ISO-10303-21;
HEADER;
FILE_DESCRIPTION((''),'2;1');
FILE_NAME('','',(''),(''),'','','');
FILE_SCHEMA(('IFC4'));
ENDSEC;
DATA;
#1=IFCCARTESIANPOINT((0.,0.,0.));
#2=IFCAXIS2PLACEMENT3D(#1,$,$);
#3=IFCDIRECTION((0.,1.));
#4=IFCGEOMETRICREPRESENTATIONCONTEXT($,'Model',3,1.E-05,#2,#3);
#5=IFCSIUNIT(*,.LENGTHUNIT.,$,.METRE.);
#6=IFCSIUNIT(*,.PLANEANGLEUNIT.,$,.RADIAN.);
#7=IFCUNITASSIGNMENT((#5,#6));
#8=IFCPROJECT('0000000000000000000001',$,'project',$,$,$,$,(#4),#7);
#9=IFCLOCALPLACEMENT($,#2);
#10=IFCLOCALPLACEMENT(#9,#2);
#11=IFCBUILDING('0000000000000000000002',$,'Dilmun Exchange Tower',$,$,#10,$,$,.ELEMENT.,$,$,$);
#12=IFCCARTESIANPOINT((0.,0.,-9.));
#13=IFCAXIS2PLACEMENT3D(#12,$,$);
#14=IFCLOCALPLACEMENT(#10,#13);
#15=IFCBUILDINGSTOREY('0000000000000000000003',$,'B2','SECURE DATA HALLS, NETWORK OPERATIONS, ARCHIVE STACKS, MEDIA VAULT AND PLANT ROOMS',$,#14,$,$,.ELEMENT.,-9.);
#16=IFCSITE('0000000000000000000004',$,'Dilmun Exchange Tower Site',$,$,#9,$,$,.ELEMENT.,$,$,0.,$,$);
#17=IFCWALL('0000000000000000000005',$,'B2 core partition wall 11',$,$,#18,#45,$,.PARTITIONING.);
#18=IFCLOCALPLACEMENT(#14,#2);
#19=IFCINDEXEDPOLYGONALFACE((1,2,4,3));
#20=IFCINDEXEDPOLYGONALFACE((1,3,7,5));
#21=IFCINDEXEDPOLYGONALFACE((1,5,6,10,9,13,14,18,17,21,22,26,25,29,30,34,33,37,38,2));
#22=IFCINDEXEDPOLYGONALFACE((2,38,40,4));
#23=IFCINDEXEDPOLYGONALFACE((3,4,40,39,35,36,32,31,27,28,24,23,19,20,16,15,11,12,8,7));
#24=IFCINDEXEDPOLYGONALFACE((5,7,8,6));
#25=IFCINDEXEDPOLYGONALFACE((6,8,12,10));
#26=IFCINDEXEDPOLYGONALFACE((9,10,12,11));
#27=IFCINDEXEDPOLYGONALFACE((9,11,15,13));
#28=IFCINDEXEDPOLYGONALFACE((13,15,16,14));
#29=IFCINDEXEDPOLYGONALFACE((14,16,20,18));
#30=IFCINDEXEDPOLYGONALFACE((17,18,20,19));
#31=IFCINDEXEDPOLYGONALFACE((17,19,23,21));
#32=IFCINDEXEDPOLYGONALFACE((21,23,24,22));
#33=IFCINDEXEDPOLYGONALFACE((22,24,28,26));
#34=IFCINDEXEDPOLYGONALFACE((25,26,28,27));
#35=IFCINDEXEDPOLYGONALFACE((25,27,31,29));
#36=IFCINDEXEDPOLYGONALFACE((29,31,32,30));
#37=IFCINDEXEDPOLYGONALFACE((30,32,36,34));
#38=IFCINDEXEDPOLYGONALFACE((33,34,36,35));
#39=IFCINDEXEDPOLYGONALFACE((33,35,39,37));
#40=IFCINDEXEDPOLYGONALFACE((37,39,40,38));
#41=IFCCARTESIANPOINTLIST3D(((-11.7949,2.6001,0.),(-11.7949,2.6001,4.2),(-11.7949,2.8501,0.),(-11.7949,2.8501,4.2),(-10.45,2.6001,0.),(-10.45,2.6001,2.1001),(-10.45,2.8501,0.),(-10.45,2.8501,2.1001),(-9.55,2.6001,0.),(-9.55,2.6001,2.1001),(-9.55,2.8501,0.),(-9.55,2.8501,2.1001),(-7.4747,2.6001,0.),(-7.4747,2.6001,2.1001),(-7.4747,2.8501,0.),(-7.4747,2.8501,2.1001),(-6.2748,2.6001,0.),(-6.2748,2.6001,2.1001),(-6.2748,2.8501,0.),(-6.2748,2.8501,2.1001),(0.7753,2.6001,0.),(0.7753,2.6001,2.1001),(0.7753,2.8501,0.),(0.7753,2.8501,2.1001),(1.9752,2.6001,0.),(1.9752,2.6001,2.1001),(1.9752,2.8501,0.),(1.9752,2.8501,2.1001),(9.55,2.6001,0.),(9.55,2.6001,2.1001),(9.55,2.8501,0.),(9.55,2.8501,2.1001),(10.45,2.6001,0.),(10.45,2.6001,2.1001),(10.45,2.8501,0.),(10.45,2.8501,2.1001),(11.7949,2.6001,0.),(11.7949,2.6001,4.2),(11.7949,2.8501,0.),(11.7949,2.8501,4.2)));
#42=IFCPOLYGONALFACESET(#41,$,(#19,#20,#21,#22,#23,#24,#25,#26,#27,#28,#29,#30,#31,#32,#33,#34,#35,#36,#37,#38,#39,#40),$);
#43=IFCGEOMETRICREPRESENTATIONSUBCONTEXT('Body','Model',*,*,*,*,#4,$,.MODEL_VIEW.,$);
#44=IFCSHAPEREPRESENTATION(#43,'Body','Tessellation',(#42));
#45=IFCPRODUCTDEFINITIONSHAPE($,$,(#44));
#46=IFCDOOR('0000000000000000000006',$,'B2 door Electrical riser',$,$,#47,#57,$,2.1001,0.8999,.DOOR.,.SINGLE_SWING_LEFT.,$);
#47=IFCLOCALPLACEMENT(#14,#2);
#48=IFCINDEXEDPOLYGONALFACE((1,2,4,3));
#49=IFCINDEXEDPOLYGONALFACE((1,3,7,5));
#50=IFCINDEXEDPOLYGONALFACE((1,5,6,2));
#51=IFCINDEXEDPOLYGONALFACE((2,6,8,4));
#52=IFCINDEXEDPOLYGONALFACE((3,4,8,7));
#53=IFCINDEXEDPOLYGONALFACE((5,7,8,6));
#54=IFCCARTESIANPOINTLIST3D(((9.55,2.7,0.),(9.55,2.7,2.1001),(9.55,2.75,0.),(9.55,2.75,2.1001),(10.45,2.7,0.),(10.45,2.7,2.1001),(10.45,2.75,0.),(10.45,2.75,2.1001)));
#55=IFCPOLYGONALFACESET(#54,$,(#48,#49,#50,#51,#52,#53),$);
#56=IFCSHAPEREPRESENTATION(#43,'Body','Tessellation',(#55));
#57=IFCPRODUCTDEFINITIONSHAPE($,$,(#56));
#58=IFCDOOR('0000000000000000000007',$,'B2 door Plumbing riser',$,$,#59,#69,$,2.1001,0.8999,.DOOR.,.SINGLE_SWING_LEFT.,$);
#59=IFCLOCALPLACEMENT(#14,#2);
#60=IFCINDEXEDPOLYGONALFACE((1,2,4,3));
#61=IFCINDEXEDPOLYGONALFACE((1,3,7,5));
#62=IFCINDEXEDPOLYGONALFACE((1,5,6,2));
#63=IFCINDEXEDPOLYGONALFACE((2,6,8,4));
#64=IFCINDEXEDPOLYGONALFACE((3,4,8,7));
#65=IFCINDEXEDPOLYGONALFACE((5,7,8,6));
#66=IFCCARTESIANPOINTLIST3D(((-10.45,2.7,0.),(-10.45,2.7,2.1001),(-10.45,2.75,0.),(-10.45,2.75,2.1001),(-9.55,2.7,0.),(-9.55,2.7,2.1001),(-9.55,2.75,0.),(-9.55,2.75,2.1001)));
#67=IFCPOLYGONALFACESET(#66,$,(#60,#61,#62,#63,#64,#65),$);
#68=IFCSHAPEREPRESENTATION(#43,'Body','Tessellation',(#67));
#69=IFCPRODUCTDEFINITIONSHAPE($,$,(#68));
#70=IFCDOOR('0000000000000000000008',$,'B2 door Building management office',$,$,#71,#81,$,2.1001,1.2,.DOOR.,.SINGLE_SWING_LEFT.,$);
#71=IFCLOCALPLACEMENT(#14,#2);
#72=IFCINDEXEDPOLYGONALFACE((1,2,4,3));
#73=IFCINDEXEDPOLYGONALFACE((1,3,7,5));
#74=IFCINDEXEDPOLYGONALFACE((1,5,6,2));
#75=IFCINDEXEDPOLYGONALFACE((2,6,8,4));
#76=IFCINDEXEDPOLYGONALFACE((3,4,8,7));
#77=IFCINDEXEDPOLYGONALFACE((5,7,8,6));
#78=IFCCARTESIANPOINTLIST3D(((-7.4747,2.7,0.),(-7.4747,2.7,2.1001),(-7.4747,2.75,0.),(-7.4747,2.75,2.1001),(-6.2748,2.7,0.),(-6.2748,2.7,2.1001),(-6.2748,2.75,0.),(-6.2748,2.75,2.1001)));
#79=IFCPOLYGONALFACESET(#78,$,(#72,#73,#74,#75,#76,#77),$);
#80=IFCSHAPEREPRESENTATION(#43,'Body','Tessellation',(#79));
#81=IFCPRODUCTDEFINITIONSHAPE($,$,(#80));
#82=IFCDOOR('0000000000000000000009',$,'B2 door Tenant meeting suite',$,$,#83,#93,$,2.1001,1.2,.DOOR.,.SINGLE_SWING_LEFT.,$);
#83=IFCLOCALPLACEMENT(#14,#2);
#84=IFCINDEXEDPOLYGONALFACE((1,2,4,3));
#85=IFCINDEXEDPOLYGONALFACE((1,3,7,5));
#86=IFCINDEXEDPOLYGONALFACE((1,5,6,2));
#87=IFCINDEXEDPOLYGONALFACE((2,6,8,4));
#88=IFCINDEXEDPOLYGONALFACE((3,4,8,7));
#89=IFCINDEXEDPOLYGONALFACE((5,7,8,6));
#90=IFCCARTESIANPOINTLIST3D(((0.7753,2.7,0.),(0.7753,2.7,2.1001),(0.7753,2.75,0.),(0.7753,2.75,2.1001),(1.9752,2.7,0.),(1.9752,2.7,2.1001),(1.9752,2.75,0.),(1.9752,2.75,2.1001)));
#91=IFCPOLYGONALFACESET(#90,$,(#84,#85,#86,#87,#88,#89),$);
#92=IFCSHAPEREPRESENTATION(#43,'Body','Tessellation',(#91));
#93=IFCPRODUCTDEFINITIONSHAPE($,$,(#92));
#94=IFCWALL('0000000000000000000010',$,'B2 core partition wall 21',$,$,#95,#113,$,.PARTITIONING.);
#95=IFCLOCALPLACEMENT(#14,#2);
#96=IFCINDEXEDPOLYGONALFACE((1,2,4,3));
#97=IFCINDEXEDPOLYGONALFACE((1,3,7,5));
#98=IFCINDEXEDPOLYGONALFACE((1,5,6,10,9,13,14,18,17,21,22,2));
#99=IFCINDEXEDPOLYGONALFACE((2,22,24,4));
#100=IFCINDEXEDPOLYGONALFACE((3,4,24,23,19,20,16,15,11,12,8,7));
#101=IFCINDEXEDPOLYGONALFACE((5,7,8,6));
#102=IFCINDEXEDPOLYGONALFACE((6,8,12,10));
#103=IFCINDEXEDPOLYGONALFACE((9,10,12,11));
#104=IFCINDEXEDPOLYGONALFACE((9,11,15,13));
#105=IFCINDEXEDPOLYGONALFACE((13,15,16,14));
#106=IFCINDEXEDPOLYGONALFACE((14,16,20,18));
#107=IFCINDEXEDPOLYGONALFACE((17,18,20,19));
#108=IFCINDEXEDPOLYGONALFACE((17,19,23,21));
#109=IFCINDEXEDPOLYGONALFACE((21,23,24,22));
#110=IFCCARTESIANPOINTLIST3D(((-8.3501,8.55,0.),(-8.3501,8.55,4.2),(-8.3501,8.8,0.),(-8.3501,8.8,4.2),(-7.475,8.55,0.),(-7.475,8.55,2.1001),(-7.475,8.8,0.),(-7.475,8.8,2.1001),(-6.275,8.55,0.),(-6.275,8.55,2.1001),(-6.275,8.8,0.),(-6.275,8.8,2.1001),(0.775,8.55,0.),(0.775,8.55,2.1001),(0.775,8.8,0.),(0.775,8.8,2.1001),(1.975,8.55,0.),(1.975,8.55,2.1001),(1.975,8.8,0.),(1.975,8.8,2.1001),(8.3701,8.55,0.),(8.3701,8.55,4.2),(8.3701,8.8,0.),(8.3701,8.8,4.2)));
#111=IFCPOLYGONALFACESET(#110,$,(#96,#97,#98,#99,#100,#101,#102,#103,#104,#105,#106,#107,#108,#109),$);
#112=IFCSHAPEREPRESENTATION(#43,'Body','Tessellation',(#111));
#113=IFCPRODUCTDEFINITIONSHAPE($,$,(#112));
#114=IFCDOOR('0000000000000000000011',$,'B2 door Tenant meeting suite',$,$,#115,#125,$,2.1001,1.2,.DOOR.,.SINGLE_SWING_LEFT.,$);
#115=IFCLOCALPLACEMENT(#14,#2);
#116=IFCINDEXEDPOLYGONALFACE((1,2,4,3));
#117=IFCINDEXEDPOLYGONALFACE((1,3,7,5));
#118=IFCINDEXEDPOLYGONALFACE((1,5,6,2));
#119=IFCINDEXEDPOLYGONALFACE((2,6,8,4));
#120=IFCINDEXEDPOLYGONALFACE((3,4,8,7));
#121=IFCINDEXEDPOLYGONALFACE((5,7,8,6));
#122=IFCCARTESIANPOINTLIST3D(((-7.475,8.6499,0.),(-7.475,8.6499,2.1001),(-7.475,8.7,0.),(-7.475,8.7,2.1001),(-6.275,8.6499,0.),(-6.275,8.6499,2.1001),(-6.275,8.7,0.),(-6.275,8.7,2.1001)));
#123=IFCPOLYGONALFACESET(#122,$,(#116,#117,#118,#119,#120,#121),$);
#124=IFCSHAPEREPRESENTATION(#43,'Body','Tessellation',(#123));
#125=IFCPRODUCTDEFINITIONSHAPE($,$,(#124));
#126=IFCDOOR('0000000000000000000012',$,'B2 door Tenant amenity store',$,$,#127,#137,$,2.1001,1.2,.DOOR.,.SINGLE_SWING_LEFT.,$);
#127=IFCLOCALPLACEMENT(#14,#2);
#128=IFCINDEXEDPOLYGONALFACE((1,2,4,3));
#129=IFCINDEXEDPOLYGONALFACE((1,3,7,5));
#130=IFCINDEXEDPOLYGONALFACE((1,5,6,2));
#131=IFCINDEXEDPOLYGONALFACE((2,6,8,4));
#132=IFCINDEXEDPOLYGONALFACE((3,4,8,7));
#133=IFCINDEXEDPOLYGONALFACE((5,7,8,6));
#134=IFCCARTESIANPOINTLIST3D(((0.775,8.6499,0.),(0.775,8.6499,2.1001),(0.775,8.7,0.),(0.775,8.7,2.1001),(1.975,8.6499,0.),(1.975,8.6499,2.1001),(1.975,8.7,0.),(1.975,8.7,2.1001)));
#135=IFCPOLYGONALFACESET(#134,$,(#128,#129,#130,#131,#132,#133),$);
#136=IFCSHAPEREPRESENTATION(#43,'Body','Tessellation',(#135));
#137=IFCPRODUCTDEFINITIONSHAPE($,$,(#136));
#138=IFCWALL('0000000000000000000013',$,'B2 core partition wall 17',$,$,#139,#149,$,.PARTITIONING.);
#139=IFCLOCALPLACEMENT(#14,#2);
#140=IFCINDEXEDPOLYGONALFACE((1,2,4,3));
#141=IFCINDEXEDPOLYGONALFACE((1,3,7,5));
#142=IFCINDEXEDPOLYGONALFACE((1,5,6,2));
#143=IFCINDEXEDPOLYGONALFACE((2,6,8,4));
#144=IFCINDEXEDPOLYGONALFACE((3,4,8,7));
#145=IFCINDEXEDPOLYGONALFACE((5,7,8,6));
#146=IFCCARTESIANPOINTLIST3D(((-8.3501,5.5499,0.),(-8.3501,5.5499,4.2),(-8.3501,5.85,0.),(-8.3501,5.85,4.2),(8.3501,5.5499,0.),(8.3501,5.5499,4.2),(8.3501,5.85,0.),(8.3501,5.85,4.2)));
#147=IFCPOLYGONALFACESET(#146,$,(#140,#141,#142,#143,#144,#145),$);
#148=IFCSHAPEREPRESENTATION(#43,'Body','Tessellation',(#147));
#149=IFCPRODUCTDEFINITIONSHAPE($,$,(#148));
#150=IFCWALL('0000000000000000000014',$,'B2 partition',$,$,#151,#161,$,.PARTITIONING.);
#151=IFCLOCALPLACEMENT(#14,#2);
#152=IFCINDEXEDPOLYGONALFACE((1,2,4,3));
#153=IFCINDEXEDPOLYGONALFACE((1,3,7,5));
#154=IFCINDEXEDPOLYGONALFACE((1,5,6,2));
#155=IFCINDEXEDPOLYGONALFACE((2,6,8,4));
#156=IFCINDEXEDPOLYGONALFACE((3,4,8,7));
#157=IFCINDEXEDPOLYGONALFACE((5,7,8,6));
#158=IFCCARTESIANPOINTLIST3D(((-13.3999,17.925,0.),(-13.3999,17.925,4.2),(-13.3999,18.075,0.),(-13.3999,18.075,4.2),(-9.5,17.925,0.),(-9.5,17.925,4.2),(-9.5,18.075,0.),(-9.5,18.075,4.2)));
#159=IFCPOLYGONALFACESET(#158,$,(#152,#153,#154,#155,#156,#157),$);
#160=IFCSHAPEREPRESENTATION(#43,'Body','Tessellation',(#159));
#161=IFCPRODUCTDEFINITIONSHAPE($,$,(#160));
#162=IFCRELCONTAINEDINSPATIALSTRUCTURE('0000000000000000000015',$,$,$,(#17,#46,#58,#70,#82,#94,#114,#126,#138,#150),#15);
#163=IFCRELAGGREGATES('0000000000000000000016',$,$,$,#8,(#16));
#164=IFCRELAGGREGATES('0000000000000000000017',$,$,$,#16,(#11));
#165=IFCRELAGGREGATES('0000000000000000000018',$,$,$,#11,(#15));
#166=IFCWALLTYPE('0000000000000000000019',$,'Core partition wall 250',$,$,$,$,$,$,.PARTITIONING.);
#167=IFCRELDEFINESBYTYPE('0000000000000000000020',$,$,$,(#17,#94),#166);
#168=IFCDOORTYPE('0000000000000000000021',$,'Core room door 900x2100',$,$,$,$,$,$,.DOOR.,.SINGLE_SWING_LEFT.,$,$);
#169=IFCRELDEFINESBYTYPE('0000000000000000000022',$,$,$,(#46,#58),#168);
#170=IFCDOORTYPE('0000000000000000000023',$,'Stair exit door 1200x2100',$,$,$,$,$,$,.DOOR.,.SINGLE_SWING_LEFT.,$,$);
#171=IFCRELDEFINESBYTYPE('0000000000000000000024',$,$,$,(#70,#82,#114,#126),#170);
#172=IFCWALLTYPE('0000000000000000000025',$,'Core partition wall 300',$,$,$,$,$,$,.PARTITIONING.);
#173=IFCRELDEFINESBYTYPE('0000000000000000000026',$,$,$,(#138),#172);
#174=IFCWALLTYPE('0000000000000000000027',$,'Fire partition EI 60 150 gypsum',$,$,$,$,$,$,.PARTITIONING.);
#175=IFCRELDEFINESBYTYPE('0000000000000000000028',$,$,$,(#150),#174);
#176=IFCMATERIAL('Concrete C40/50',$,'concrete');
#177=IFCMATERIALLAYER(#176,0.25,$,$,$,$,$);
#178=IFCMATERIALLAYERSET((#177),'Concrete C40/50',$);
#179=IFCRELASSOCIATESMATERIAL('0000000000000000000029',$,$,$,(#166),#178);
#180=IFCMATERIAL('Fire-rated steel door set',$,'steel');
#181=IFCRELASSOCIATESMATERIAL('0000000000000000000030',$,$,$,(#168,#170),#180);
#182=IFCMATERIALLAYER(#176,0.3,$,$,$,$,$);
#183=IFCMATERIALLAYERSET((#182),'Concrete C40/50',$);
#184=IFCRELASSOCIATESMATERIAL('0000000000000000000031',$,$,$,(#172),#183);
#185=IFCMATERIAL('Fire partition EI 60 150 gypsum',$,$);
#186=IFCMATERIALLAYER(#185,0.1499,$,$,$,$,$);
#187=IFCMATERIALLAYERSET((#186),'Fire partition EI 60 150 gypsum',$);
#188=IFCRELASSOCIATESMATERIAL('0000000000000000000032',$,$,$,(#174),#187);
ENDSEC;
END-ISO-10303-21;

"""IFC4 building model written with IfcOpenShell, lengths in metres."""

from ifc_helpers import new_model, si_unit, direction, frame, frame_2d, origin, place, context, subcontext, project, spatial, rectangle, extrude, material, layer, layer_set, type_object, element, fill, save


model = new_model("IFC4")

# Units and contexts
model_context = context("Model", 3, precision=1e-05, world=origin(), true_north=direction((0.0, 1.0)))
body_context = subcontext(model_context, "Body", "Model", "MODEL_VIEW")
ifc_project = project(units=[si_unit("LENGTHUNIT", "METRE"), si_unit("PLANEANGLEUNIT", "RADIAN")], contexts=[model_context])

# Site, building, storey
site_placement = place(None, origin())
site = spatial("IfcSite", under=ifc_project, at=site_placement, Name="Dilmun Exchange Tower Site", CompositionType="ELEMENT", RefElevation=0.0)
building_placement = place(site_placement, origin())
building = spatial("IfcBuilding", under=site, at=building_placement, Name="Dilmun Exchange Tower", CompositionType="ELEMENT")
storey_placement = place(building_placement, frame((0.0, 0.0, -9.0)))
storey = spatial("IfcBuildingStorey", under=building, at=storey_placement, Name="B2", Description="SECURE DATA HALLS, NETWORK OPERATIONS, ARCHIVE STACKS, MEDIA VAULT AND PLANT ROOMS", CompositionType="ELEMENT", Elevation=-9.0)

# Shared definitions
ifc_material_1 = material(Name="Concrete C40/50", Category="concrete")

# Walls, openings, doors
ifc_layer_1 = layer(ifc_material_1, 0.25)
ifc_layer_set_1 = layer_set([ifc_layer_1], Name="Concrete C40/50")
wall_type_1 = type_object("IfcWallType", Name="Core partition wall 250", PredefinedType="PARTITIONING", material=ifc_layer_set_1)
wall_1_placement = place(storey_placement, frame((-11.7949, 2.7251, 0.0), z_axis=(0.0, 0.0, 1.0), x_axis=(1.0, 0.0, 0.0)))
wall_1 = element("IfcWall", 1, at=wall_1_placement, inside=storey, type_object=wall_type_1, Name="B2 core partition wall 11", PredefinedType="PARTITIONING", context=body_context, shape_type="SweptSolid", body=[
    extrude(rectangle(XDim=23.5898, YDim=0.25, at=frame_2d((11.7949, 0.0))), origin(), (0.0, 0.0, 1.0), 4.2),
])
opening_1_placement = place(wall_1_placement, frame((21.345, 0.0, 0.0)))
opening_1 = element("IfcOpeningElement", 2, at=opening_1_placement, cuts=wall_1, PredefinedType="OPENING", context=body_context, shape_type="SweptSolid", body=[
    extrude(rectangle(XDim=0.8999, YDim=2.1001, at=frame_2d((0.45, 1.05))), frame((0.0, 0.135, 0.0), z_axis=(0.0, -1.0, 0.0), x_axis=(1.0, 0.0, 0.0)), (0.0, 0.0, 1.0), 0.27),
])
opening_2_placement = place(wall_1_placement, frame((1.345, 0.0, 0.0)))
opening_2 = element("IfcOpeningElement", 3, at=opening_2_placement, cuts=wall_1, PredefinedType="OPENING", context=body_context, shape_type="SweptSolid", body=[
    extrude(rectangle(XDim=0.8999, YDim=2.1001, at=frame_2d((0.45, 1.05))), frame((0.0, 0.135, 0.0), z_axis=(0.0, -1.0, 0.0), x_axis=(1.0, 0.0, 0.0)), (0.0, 0.0, 1.0), 0.27),
])
opening_3_placement = place(wall_1_placement, frame((4.3201, 0.0, 0.0)))
opening_3 = element("IfcOpeningElement", 4, at=opening_3_placement, cuts=wall_1, PredefinedType="OPENING", context=body_context, shape_type="SweptSolid", body=[
    extrude(rectangle(XDim=1.2, YDim=2.1001, at=frame_2d((0.6001, 1.05))), frame((0.0, 0.135, 0.0), z_axis=(0.0, -1.0, 0.0), x_axis=(1.0, 0.0, 0.0)), (0.0, 0.0, 1.0), 0.27),
])
opening_4_placement = place(wall_1_placement, frame((12.5701, 0.0, 0.0)))
opening_4 = element("IfcOpeningElement", 5, at=opening_4_placement, cuts=wall_1, PredefinedType="OPENING", context=body_context, shape_type="SweptSolid", body=[
    extrude(rectangle(XDim=1.2, YDim=2.1001, at=frame_2d((0.6001, 1.05))), frame((0.0, 0.135, 0.0), z_axis=(0.0, -1.0, 0.0), x_axis=(1.0, 0.0, 0.0)), (0.0, 0.0, 1.0), 0.27),
])
ifc_material_2 = material(Name="Fire-rated steel door set", Category="steel")
door_type_1 = type_object("IfcDoorType", Name="Core room door 900x2100", OperationType="SINGLE_SWING_LEFT", PredefinedType="DOOR", material=ifc_material_2)
door_1_placement = place(opening_1_placement, origin())
door_1 = element("IfcDoor", 6, at=door_1_placement, inside=storey, type_object=door_type_1, Name="B2 door Electrical riser", OperationType="SINGLE_SWING_LEFT", OverallHeight=2.1001, OverallWidth=0.8999, PredefinedType="DOOR", context=body_context, shape_type="SweptSolid", body=[
    extrude(rectangle(XDim=0.8999, YDim=2.1001, at=frame_2d((0.45, 1.05))), frame((0.0, 0.0249, 0.0), z_axis=(0.0, -1.0, 0.0), x_axis=(1.0, 0.0, 0.0)), (0.0, 0.0, 1.0), 0.05),
])
fill(opening_1, door_1)
door_2_placement = place(opening_2_placement, origin())
door_2 = element("IfcDoor", 7, at=door_2_placement, inside=storey, type_object=door_type_1, Name="B2 door Plumbing riser", OperationType="SINGLE_SWING_LEFT", OverallHeight=2.1001, OverallWidth=0.8999, PredefinedType="DOOR", context=body_context, shape_type="SweptSolid", body=[
    extrude(rectangle(XDim=0.8999, YDim=2.1001, at=frame_2d((0.45, 1.05))), frame((0.0, 0.0249, 0.0), z_axis=(0.0, -1.0, 0.0), x_axis=(1.0, 0.0, 0.0)), (0.0, 0.0, 1.0), 0.05),
])
fill(opening_2, door_2)
door_type_2 = type_object("IfcDoorType", Name="Stair exit door 1200x2100", OperationType="SINGLE_SWING_LEFT", PredefinedType="DOOR", material=ifc_material_2)
door_3_placement = place(opening_3_placement, origin())
door_3 = element("IfcDoor", 8, at=door_3_placement, inside=storey, type_object=door_type_2, Name="B2 door Building management office", OperationType="SINGLE_SWING_LEFT", OverallHeight=2.1001, OverallWidth=1.2, PredefinedType="DOOR", context=body_context, shape_type="SweptSolid", body=[
    extrude(rectangle(XDim=1.2, YDim=2.1001, at=frame_2d((0.6001, 1.05))), frame((0.0, 0.0249, 0.0), z_axis=(0.0, -1.0, 0.0), x_axis=(1.0, 0.0, 0.0)), (0.0, 0.0, 1.0), 0.05),
])
fill(opening_3, door_3)
door_4_placement = place(opening_4_placement, origin())
door_4 = element("IfcDoor", 9, at=door_4_placement, inside=storey, type_object=door_type_2, Name="B2 door Tenant meeting suite", OperationType="SINGLE_SWING_LEFT", OverallHeight=2.1001, OverallWidth=1.2, PredefinedType="DOOR", context=body_context, shape_type="SweptSolid", body=[
    extrude(rectangle(XDim=1.2, YDim=2.1001, at=frame_2d((0.6001, 1.05))), frame((0.0, 0.0249, 0.0), z_axis=(0.0, -1.0, 0.0), x_axis=(1.0, 0.0, 0.0)), (0.0, 0.0, 1.0), 0.05),
])
fill(opening_4, door_4)
wall_2_placement = place(storey_placement, frame((-8.3501, 8.675, 0.0), z_axis=(0.0, 0.0, 1.0), x_axis=(1.0, 0.0, 0.0)))
wall_2 = element("IfcWall", 10, at=wall_2_placement, inside=storey, type_object=wall_type_1, Name="B2 core partition wall 21", PredefinedType="PARTITIONING", context=body_context, shape_type="SweptSolid", body=[
    extrude(rectangle(XDim=16.7202, YDim=0.25, at=frame_2d((8.3601, 0.0))), origin(), (0.0, 0.0, 1.0), 4.2),
])
opening_5_placement = place(wall_2_placement, frame((0.875, 0.0, 0.0)))
opening_5 = element("IfcOpeningElement", 11, at=opening_5_placement, cuts=wall_2, PredefinedType="OPENING", context=body_context, shape_type="SweptSolid", body=[
    extrude(rectangle(XDim=1.2, YDim=2.1001, at=frame_2d((0.6001, 1.05))), frame((0.0, 0.135, 0.0), z_axis=(0.0, -1.0, 0.0), x_axis=(1.0, 0.0, 0.0)), (0.0, 0.0, 1.0), 0.27),
])
opening_6_placement = place(wall_2_placement, frame((9.125, 0.0, 0.0)))
opening_6 = element("IfcOpeningElement", 12, at=opening_6_placement, cuts=wall_2, PredefinedType="OPENING", context=body_context, shape_type="SweptSolid", body=[
    extrude(rectangle(XDim=1.2, YDim=2.1001, at=frame_2d((0.6001, 1.05))), frame((0.0, 0.135, 0.0), z_axis=(0.0, -1.0, 0.0), x_axis=(1.0, 0.0, 0.0)), (0.0, 0.0, 1.0), 0.27),
])
door_5_placement = place(opening_5_placement, origin())
door_5 = element("IfcDoor", 13, at=door_5_placement, inside=storey, type_object=door_type_2, Name="B2 door Tenant meeting suite", OperationType="SINGLE_SWING_LEFT", OverallHeight=2.1001, OverallWidth=1.2, PredefinedType="DOOR", context=body_context, shape_type="SweptSolid", body=[
    extrude(rectangle(XDim=1.2, YDim=2.1001, at=frame_2d((0.6001, 1.05))), frame((0.0, 0.0249, 0.0), z_axis=(0.0, -1.0, 0.0), x_axis=(1.0, 0.0, 0.0)), (0.0, 0.0, 1.0), 0.05),
])
fill(opening_5, door_5)
door_6_placement = place(opening_6_placement, origin())
door_6 = element("IfcDoor", 14, at=door_6_placement, inside=storey, type_object=door_type_2, Name="B2 door Tenant amenity store", OperationType="SINGLE_SWING_LEFT", OverallHeight=2.1001, OverallWidth=1.2, PredefinedType="DOOR", context=body_context, shape_type="SweptSolid", body=[
    extrude(rectangle(XDim=1.2, YDim=2.1001, at=frame_2d((0.6001, 1.05))), frame((0.0, 0.0249, 0.0), z_axis=(0.0, -1.0, 0.0), x_axis=(1.0, 0.0, 0.0)), (0.0, 0.0, 1.0), 0.05),
])
fill(opening_6, door_6)

# Wall
ifc_layer_2 = layer(ifc_material_1, 0.3)
ifc_layer_set_2 = layer_set([ifc_layer_2], Name="Concrete C40/50")
wall_type_2 = type_object("IfcWallType", Name="Core partition wall 300", PredefinedType="PARTITIONING", material=ifc_layer_set_2)
wall_3_placement = place(storey_placement, frame((-8.3501, 5.7, 0.0), z_axis=(0.0, 0.0, 1.0), x_axis=(1.0, 0.0, 0.0)))
element("IfcWall", 15, at=wall_3_placement, inside=storey, type_object=wall_type_2, Name="B2 core partition wall 17", PredefinedType="PARTITIONING", context=body_context, shape_type="SweptSolid", body=[
    extrude(rectangle(XDim=16.7002, YDim=0.3, at=frame_2d((8.3501, 0.0))), origin(), (0.0, 0.0, 1.0), 4.2),
])

# Wall
ifc_material_3 = material(Name="Fire partition EI 60 150 gypsum")
ifc_layer_3 = layer(ifc_material_3, 0.1499)
ifc_layer_set_3 = layer_set([ifc_layer_3], Name="Fire partition EI 60 150 gypsum")
wall_type_3 = type_object("IfcWallType", Name="Fire partition EI 60 150 gypsum", PredefinedType="PARTITIONING", material=ifc_layer_set_3)
wall_4_placement = place(storey_placement, frame((-13.3999, 18.0, 0.0), z_axis=(0.0, 0.0, 1.0), x_axis=(1.0, 0.0, 0.0)))
element("IfcWall", 16, at=wall_4_placement, inside=storey, type_object=wall_type_3, Name="B2 partition", PredefinedType="PARTITIONING", context=body_context, shape_type="SweptSolid", body=[
    extrude(rectangle(XDim=3.8999, YDim=0.1499, at=frame_2d((1.95, 0.0))), origin(), (0.0, 0.0, 1.0), 4.2),
])

save(model, "model.ifc")
